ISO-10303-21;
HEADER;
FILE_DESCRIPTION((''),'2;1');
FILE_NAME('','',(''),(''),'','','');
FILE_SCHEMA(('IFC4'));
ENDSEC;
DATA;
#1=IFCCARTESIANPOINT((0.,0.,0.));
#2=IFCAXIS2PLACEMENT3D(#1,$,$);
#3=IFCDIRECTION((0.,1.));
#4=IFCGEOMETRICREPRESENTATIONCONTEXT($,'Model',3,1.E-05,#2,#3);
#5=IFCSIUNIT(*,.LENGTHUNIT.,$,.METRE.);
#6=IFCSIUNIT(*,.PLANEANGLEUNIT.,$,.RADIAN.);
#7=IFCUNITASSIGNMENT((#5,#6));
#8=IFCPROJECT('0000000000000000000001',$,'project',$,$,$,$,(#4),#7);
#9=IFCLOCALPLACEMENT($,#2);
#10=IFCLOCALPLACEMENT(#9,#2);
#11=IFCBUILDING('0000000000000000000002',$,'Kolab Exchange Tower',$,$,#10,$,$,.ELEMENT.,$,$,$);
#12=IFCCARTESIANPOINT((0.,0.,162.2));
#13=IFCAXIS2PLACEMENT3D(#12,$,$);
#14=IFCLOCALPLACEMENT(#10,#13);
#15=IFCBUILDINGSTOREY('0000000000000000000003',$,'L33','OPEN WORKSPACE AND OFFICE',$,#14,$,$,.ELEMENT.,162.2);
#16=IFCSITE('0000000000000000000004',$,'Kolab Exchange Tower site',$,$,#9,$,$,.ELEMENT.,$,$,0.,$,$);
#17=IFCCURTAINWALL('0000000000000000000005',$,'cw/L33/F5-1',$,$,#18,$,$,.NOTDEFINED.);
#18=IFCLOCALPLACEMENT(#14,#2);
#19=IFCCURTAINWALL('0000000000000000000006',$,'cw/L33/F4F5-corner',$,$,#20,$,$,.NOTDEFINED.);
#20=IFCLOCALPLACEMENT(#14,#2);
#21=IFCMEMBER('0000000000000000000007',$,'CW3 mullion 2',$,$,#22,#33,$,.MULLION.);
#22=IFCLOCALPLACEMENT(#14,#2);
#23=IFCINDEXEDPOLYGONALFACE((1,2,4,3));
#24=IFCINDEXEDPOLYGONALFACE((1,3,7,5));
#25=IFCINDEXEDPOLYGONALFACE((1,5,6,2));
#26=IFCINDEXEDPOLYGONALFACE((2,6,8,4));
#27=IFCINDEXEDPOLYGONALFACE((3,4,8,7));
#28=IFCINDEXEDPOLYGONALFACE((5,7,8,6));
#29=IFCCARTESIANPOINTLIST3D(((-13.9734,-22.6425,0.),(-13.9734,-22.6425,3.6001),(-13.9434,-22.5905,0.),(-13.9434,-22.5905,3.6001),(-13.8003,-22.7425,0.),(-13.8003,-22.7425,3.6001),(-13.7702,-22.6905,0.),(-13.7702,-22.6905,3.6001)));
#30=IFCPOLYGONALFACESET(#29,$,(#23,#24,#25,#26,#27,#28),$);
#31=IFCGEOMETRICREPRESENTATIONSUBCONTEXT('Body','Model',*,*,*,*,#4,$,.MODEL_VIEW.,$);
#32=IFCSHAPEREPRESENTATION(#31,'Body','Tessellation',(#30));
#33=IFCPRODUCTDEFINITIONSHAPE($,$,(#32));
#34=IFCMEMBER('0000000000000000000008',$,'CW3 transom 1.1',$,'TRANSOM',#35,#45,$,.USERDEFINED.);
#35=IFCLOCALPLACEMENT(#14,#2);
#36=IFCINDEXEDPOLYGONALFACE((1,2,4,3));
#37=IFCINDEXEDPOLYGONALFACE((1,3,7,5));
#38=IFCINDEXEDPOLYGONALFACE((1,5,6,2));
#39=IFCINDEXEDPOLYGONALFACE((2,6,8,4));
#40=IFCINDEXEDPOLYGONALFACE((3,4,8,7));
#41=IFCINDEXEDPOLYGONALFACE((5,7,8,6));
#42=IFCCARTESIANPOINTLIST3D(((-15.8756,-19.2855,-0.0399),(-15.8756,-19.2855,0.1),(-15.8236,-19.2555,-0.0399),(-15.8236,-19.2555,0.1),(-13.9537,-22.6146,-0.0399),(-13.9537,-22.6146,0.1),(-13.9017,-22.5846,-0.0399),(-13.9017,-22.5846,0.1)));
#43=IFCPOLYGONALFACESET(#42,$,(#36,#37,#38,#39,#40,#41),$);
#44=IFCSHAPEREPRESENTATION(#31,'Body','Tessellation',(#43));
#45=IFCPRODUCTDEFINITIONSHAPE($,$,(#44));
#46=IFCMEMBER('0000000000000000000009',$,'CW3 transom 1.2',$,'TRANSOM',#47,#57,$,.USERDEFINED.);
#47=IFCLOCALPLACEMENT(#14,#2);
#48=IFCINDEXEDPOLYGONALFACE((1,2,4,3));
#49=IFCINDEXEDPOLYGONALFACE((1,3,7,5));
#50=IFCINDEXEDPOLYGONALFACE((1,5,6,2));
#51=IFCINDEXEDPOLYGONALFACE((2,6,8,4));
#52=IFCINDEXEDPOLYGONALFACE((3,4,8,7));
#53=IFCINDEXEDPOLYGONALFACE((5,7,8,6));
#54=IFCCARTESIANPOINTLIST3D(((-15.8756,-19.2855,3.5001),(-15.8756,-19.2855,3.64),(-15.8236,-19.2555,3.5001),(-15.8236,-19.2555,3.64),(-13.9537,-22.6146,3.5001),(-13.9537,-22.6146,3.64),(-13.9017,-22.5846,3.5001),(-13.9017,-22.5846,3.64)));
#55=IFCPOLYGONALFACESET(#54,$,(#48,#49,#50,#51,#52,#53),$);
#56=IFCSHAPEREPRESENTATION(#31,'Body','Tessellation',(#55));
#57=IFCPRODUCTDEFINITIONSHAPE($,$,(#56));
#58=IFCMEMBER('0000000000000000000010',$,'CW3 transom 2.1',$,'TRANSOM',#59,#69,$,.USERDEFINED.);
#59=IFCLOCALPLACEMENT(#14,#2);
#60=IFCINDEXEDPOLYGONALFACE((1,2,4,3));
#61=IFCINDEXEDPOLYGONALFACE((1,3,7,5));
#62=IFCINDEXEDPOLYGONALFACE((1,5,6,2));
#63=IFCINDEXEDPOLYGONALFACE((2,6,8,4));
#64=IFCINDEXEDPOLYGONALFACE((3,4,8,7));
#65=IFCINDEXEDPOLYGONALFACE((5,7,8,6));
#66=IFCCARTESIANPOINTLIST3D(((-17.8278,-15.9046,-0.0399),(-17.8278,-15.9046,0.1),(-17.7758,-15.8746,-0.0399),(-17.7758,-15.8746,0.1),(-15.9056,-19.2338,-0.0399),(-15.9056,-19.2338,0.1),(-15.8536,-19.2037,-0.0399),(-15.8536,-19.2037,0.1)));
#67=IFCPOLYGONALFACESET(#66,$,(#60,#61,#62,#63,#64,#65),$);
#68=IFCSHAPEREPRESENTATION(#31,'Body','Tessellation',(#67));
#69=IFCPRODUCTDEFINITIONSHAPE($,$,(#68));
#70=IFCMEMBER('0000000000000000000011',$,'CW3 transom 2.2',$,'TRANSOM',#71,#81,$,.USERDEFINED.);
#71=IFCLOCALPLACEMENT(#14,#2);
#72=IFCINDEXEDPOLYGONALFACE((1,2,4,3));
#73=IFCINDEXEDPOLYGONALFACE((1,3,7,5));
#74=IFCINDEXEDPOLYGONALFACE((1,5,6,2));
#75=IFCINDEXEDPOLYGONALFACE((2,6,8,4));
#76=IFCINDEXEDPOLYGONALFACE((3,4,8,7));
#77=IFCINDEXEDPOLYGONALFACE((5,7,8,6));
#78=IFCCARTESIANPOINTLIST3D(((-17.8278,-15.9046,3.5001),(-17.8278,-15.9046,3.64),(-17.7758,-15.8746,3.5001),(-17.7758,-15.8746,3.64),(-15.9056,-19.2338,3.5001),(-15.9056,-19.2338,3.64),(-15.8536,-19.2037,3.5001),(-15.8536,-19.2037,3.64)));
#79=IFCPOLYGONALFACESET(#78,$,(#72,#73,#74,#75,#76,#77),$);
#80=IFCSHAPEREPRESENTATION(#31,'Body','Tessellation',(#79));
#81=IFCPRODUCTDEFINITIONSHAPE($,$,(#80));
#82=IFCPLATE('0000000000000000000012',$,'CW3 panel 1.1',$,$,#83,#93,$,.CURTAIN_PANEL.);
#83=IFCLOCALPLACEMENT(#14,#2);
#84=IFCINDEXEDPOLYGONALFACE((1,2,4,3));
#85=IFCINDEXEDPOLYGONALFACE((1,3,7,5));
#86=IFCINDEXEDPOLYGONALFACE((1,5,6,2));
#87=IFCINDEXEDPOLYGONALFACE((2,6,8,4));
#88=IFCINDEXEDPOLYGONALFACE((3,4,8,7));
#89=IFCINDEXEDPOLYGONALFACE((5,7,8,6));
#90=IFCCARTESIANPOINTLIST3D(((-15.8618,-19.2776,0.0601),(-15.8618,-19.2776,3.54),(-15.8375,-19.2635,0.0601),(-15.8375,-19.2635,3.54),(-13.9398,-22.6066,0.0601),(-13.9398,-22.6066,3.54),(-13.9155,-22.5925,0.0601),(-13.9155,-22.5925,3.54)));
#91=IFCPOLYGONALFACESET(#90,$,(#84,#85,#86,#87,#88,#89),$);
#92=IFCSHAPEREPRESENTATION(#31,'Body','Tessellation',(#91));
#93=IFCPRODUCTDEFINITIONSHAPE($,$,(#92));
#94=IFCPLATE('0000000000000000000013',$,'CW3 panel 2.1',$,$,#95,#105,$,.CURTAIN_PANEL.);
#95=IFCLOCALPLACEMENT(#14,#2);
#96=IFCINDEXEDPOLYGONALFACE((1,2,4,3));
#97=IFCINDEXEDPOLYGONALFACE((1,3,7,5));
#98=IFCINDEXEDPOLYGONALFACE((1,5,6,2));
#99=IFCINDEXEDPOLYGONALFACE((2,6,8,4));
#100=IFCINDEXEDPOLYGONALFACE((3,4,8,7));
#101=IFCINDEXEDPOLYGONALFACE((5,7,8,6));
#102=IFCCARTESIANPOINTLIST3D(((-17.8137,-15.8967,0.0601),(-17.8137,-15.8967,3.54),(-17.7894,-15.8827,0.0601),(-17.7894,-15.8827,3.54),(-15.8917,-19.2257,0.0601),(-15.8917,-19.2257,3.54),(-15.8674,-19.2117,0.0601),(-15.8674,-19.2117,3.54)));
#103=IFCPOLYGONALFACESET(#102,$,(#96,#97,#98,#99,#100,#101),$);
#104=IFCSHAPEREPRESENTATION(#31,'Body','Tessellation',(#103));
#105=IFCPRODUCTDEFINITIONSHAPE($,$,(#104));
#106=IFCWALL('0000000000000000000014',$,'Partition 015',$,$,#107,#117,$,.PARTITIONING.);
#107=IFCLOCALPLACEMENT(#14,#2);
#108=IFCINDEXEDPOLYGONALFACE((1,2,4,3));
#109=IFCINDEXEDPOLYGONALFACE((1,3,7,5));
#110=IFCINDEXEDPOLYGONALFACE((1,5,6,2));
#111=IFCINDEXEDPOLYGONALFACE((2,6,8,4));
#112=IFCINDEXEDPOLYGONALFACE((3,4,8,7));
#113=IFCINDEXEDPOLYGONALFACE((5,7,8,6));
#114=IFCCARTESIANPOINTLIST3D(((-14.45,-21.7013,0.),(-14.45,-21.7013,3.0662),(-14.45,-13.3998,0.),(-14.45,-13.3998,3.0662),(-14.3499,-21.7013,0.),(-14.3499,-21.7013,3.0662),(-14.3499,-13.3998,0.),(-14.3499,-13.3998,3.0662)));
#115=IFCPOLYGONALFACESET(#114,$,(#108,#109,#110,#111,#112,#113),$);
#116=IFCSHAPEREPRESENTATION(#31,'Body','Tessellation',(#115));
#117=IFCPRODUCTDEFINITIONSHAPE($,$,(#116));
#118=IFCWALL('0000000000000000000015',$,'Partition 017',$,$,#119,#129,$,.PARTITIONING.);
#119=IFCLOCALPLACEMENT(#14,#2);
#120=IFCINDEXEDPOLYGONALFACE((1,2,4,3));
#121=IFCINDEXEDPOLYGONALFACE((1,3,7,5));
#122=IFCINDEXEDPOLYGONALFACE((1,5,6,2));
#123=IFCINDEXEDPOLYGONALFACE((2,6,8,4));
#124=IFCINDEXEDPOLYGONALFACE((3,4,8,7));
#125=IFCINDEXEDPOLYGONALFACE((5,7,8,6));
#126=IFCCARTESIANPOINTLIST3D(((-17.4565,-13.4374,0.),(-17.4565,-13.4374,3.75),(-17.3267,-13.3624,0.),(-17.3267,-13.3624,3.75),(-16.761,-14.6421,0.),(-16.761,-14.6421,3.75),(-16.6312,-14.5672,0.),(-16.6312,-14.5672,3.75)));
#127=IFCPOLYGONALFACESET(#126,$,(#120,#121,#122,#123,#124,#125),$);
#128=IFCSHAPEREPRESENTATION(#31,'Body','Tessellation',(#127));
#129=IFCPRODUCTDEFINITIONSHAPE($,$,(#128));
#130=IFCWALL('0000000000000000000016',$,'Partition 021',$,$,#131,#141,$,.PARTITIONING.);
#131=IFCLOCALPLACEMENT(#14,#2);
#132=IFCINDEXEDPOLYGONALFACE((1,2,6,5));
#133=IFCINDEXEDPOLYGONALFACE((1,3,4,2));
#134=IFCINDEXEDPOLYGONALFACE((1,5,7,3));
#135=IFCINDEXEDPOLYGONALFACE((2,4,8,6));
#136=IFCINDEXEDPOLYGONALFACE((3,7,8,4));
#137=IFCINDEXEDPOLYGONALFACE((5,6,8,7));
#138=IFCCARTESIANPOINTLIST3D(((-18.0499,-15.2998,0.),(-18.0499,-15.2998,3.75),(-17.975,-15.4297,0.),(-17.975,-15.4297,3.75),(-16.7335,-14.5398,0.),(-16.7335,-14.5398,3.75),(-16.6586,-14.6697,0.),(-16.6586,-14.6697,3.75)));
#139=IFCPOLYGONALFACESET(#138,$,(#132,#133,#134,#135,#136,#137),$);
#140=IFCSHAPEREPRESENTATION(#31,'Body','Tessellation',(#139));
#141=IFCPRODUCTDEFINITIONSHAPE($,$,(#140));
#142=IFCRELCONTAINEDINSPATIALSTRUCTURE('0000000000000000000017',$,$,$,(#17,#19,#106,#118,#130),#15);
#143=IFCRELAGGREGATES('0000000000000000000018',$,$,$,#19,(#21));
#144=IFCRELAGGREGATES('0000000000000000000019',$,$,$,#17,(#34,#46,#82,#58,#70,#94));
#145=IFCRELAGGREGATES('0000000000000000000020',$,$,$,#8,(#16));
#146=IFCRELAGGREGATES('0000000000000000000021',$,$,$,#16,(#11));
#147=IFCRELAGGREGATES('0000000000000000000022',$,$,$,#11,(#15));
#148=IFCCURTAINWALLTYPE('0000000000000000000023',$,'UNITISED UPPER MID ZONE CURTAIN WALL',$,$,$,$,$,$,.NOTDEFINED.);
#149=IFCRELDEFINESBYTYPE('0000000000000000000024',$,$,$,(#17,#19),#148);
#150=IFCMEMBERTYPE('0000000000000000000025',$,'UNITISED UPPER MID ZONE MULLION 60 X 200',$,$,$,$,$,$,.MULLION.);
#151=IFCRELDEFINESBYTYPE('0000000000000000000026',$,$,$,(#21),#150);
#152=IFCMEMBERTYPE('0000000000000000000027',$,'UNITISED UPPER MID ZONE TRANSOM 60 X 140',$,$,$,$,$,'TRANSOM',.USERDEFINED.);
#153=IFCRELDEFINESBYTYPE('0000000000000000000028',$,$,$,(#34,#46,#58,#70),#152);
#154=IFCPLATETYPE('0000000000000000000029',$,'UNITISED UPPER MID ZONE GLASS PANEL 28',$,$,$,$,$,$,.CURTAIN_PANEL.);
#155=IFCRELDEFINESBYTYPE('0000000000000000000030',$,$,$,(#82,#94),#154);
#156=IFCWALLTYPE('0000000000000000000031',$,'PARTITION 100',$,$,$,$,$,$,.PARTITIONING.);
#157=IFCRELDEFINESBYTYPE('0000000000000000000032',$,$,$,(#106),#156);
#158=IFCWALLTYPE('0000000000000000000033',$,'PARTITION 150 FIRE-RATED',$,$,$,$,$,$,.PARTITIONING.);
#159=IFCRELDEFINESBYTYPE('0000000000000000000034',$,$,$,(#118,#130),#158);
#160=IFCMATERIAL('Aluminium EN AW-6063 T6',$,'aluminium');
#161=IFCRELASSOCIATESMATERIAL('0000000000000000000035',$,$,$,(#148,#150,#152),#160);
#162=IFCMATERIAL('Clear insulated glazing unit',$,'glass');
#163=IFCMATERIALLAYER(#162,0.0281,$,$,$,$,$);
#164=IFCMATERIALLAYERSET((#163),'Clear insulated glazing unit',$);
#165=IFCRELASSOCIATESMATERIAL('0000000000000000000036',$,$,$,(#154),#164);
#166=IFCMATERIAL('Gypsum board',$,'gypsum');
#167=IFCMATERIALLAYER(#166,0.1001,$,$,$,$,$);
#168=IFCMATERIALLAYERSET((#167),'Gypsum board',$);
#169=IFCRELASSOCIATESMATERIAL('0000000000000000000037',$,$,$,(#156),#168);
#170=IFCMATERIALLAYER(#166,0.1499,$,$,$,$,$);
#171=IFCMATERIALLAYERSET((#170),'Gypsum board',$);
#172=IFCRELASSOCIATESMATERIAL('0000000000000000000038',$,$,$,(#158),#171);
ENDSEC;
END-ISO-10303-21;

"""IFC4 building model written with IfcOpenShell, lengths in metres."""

from ifc_helpers import new_model, si_unit, direction, frame, frame_2d, origin, origin_2d, place, context, subcontext, project, spatial, rectangle, extrude, material, layer, layer_set, material_profile, profile_set, type_object, element, aggregate, save


model = new_model("IFC4")

# Units and contexts
model_context = context("Model", 3, precision=1e-05, world=origin(), true_north=direction((0.0, 1.0)))
body_context = subcontext(model_context, "Body", "Model", "MODEL_VIEW")
ifc_project = project(units=[si_unit("LENGTHUNIT", "METRE"), si_unit("PLANEANGLEUNIT", "RADIAN")], contexts=[model_context])

# Site, building, storey
site_placement = place(None, origin())
site = spatial("IfcSite", under=ifc_project, at=site_placement, Name="Kolab Exchange Tower site", CompositionType="ELEMENT", RefElevation=0.0)
building_placement = place(site_placement, origin())
building = spatial("IfcBuilding", under=site, at=building_placement, Name="Kolab Exchange Tower", CompositionType="ELEMENT")
storey_placement = place(building_placement, frame((0.0, 0.0, 162.2)))
storey = spatial("IfcBuildingStorey", under=building, at=storey_placement, Name="L33", Description="OPEN WORKSPACE AND OFFICE", CompositionType="ELEMENT", Elevation=162.2)

# Curtain wall
ifc_material_1 = material(Name="Aluminium EN AW-6063 T6", Category="aluminium")
curtain_wall_type = type_object("IfcCurtainWallType", Name="UNITISED UPPER MID ZONE CURTAIN WALL", PredefinedType="NOTDEFINED", material=ifc_material_1)
curtain_wall_1_placement = place(storey_placement, origin())
curtain_wall_1 = element("IfcCurtainWall", 1, at=curtain_wall_1_placement, inside=storey, type_object=curtain_wall_type, Name="cw/L33/F5-1", PredefinedType="NOTDEFINED")
ifc_material_profile_1 = material_profile(ifc_material_1, rectangle(XDim=0.0601, YDim=0.2, at=origin_2d()), Name="RECT 60X200")
ifc_profile_set_1 = profile_set([ifc_material_profile_1], Name="Aluminium EN AW-6063 T6")
member_type_1 = type_object("IfcMemberType", Name="UNITISED UPPER MID ZONE MULLION 60 X 200", PredefinedType="MULLION", material=ifc_profile_set_1)

# Curtain wall, member
curtain_wall_2_placement = place(storey_placement, origin())
curtain_wall_2 = element("IfcCurtainWall", 2, at=curtain_wall_2_placement, inside=storey, type_object=curtain_wall_type, Name="cw/L33/F4F5-corner", PredefinedType="NOTDEFINED")
member_1_placement = place(storey_placement, frame((-13.8718, -22.6665, 0.0), z_axis=(0.0, 0.0, 1.0), x_axis=(-0.5, -0.866025, 0.0)))
member_1 = element("IfcMember", 3, at=member_1_placement, type_object=member_type_1, Name="CW3 mullion 2", PredefinedType="MULLION", context=body_context, shape_type="SweptSolid", body=[
    extrude(rectangle(XDim=0.0601, YDim=0.2, at=origin_2d()), origin(), (0.0, 0.0, 1.0), 3.6001),
])
aggregate(curtain_wall_2, [member_1])

# Members
ifc_material_profile_2 = material_profile(ifc_material_1, rectangle(XDim=0.0601, YDim=0.1399, at=origin_2d()), Name="RECT 60X140")
ifc_profile_set_2 = profile_set([ifc_material_profile_2], Name="Aluminium EN AW-6063 T6")
member_type_2 = type_object("IfcMemberType", Name="UNITISED UPPER MID ZONE TRANSOM 60 X 140", ElementType="TRANSOM", PredefinedType="USERDEFINED", material=ifc_profile_set_2)
member_2_placement = place(storey_placement, frame((-13.9277, -22.5996, 0.03), z_axis=(-0.499964, 0.866046, 0.0), x_axis=(-0.866046, -0.499964, 0.0)))
member_2 = element("IfcMember", 4, at=member_2_placement, type_object=member_type_2, Name="CW3 transom 1.1", ObjectType="TRANSOM", PredefinedType="USERDEFINED", context=body_context, shape_type="SweptSolid", body=[
    extrude(rectangle(XDim=0.0601, YDim=0.1399, at=origin_2d()), origin(), (0.0, 0.0, 1.0), 3.844),
])
member_3_placement = place(storey_placement, frame((-13.9277, -22.5996, 3.5701), z_axis=(-0.499964, 0.866046, 0.0), x_axis=(-0.866046, -0.499964, 0.0)))
member_3 = element("IfcMember", 5, at=member_3_placement, type_object=member_type_2, Name="CW3 transom 1.2", ObjectType="TRANSOM", PredefinedType="USERDEFINED", context=body_context, shape_type="SweptSolid", body=[
    extrude(rectangle(XDim=0.0601, YDim=0.1399, at=origin_2d()), origin(), (0.0, 0.0, 1.0), 3.844),
])
member_4_placement = place(storey_placement, frame((-15.8796, -19.2188, 0.03), z_axis=(-0.500012, 0.866018, 0.0), x_axis=(-0.866018, -0.500012, 0.0)))
member_4 = element("IfcMember", 6, at=member_4_placement, type_object=member_type_2, Name="CW3 transom 2.1", ObjectType="TRANSOM", PredefinedType="USERDEFINED", context=body_context, shape_type="SweptSolid", body=[
    extrude(rectangle(XDim=0.0601, YDim=0.1399, at=origin_2d()), origin(), (0.0, 0.0, 1.0), 3.8442),
])
member_5_placement = place(storey_placement, frame((-15.8796, -19.2188, 3.5701), z_axis=(-0.500012, 0.866018, 0.0), x_axis=(-0.866018, -0.500012, 0.0)))
member_5 = element("IfcMember", 7, at=member_5_placement, type_object=member_type_2, Name="CW3 transom 2.2", ObjectType="TRANSOM", PredefinedType="USERDEFINED", context=body_context, shape_type="SweptSolid", body=[
    extrude(rectangle(XDim=0.0601, YDim=0.1399, at=origin_2d()), origin(), (0.0, 0.0, 1.0), 3.8442),
])

# Plates
ifc_material_2 = material(Name="Clear insulated glazing unit", Category="glass")
ifc_layer_1 = layer(ifc_material_2, 0.0281)
ifc_layer_set_1 = layer_set([ifc_layer_1], Name="Clear insulated glazing unit")
plate_type = type_object("IfcPlateType", Name="UNITISED UPPER MID ZONE GLASS PANEL 28", PredefinedType="CURTAIN_PANEL", material=ifc_layer_set_1)
plate_1_placement = place(storey_placement, frame((-14.8887, -20.9351, 0.0601), z_axis=(0.0, 0.0, 1.0), x_axis=(-0.5, 0.866025, 0.0)))
plate_1 = element("IfcPlate", 8, at=plate_1_placement, type_object=plate_type, Name="CW3 panel 1.1", PredefinedType="CURTAIN_PANEL", context=body_context, shape_type="SweptSolid", body=[
    extrude(rectangle(XDim=3.844, YDim=0.0281, at=origin_2d()), origin(), (0.0, 0.0, 1.0), 3.48),
])
plate_2_placement = place(storey_placement, frame((-16.8406, -17.5542, 0.0601), z_axis=(0.0, 0.0, 1.0), x_axis=(-0.5, 0.866025, 0.0)))
plate_2 = element("IfcPlate", 9, at=plate_2_placement, type_object=plate_type, Name="CW3 panel 2.1", PredefinedType="CURTAIN_PANEL", context=body_context, shape_type="SweptSolid", body=[
    extrude(rectangle(XDim=3.844, YDim=0.0281, at=origin_2d()), origin(), (0.0, 0.0, 1.0), 3.48),
])
aggregate(curtain_wall_1, [member_2, member_3, plate_1, member_4, member_5, plate_2])

# Walls
ifc_material_3 = material(Name="Gypsum board", Category="gypsum")
ifc_layer_2 = layer(ifc_material_3, 0.1001)
ifc_layer_set_2 = layer_set([ifc_layer_2], Name="Gypsum board")
wall_type_1 = type_object("IfcWallType", Name="PARTITION 100", PredefinedType="PARTITIONING", material=ifc_layer_set_2)
wall_1_placement = place(storey_placement, frame((-14.3999, -21.7014, 0.0), z_axis=(0.0, 0.0, 1.0), x_axis=(0.0, 1.0, 0.0)))
element("IfcWall", 10, at=wall_1_placement, inside=storey, type_object=wall_type_1, Name="Partition 015", PredefinedType="PARTITIONING", context=body_context, shape_type="SweptSolid", body=[
    extrude(rectangle(XDim=8.3015, YDim=0.1001, at=frame_2d((4.1509, 0.0))), origin(), (0.0, 0.0, 1.0), 3.0662),
])
ifc_layer_3 = layer(ifc_material_3, 0.1499)
ifc_layer_set_3 = layer_set([ifc_layer_3], Name="Gypsum board")
wall_type_2 = type_object("IfcWallType", Name="PARTITION 150 FIRE-RATED", PredefinedType="PARTITIONING", material=ifc_layer_set_3)
wall_2_placement = place(storey_placement, frame((-17.3916, -13.3999, 0.0), z_axis=(0.0, 0.0, 1.0), x_axis=(0.499971, -0.866042, 0.0)))
element("IfcWall", 11, at=wall_2_placement, inside=storey, type_object=wall_type_2, Name="Partition 017", PredefinedType="PARTITIONING", context=body_context, shape_type="SweptSolid", body=[
    extrude(rectangle(XDim=1.3911, YDim=0.1499, at=frame_2d((0.6956, 0.0))), origin(), (0.0, 0.0, 1.0), 3.75),
])
wall_3_placement = place(storey_placement, frame((-18.0125, -15.3647, 0.0), z_axis=(0.0, 0.0, 1.0), x_axis=(0.86603, 0.499991, 0.0)))
element("IfcWall", 12, at=wall_3_placement, inside=storey, type_object=wall_type_2, Name="Partition 021", PredefinedType="PARTITIONING", context=body_context, shape_type="SweptSolid", body=[
    extrude(rectangle(XDim=1.52, YDim=0.1499, at=frame_2d((0.76, 0.0))), origin(), (0.0, 0.0, 1.0), 3.75),
])

save(model, "model.ifc")
